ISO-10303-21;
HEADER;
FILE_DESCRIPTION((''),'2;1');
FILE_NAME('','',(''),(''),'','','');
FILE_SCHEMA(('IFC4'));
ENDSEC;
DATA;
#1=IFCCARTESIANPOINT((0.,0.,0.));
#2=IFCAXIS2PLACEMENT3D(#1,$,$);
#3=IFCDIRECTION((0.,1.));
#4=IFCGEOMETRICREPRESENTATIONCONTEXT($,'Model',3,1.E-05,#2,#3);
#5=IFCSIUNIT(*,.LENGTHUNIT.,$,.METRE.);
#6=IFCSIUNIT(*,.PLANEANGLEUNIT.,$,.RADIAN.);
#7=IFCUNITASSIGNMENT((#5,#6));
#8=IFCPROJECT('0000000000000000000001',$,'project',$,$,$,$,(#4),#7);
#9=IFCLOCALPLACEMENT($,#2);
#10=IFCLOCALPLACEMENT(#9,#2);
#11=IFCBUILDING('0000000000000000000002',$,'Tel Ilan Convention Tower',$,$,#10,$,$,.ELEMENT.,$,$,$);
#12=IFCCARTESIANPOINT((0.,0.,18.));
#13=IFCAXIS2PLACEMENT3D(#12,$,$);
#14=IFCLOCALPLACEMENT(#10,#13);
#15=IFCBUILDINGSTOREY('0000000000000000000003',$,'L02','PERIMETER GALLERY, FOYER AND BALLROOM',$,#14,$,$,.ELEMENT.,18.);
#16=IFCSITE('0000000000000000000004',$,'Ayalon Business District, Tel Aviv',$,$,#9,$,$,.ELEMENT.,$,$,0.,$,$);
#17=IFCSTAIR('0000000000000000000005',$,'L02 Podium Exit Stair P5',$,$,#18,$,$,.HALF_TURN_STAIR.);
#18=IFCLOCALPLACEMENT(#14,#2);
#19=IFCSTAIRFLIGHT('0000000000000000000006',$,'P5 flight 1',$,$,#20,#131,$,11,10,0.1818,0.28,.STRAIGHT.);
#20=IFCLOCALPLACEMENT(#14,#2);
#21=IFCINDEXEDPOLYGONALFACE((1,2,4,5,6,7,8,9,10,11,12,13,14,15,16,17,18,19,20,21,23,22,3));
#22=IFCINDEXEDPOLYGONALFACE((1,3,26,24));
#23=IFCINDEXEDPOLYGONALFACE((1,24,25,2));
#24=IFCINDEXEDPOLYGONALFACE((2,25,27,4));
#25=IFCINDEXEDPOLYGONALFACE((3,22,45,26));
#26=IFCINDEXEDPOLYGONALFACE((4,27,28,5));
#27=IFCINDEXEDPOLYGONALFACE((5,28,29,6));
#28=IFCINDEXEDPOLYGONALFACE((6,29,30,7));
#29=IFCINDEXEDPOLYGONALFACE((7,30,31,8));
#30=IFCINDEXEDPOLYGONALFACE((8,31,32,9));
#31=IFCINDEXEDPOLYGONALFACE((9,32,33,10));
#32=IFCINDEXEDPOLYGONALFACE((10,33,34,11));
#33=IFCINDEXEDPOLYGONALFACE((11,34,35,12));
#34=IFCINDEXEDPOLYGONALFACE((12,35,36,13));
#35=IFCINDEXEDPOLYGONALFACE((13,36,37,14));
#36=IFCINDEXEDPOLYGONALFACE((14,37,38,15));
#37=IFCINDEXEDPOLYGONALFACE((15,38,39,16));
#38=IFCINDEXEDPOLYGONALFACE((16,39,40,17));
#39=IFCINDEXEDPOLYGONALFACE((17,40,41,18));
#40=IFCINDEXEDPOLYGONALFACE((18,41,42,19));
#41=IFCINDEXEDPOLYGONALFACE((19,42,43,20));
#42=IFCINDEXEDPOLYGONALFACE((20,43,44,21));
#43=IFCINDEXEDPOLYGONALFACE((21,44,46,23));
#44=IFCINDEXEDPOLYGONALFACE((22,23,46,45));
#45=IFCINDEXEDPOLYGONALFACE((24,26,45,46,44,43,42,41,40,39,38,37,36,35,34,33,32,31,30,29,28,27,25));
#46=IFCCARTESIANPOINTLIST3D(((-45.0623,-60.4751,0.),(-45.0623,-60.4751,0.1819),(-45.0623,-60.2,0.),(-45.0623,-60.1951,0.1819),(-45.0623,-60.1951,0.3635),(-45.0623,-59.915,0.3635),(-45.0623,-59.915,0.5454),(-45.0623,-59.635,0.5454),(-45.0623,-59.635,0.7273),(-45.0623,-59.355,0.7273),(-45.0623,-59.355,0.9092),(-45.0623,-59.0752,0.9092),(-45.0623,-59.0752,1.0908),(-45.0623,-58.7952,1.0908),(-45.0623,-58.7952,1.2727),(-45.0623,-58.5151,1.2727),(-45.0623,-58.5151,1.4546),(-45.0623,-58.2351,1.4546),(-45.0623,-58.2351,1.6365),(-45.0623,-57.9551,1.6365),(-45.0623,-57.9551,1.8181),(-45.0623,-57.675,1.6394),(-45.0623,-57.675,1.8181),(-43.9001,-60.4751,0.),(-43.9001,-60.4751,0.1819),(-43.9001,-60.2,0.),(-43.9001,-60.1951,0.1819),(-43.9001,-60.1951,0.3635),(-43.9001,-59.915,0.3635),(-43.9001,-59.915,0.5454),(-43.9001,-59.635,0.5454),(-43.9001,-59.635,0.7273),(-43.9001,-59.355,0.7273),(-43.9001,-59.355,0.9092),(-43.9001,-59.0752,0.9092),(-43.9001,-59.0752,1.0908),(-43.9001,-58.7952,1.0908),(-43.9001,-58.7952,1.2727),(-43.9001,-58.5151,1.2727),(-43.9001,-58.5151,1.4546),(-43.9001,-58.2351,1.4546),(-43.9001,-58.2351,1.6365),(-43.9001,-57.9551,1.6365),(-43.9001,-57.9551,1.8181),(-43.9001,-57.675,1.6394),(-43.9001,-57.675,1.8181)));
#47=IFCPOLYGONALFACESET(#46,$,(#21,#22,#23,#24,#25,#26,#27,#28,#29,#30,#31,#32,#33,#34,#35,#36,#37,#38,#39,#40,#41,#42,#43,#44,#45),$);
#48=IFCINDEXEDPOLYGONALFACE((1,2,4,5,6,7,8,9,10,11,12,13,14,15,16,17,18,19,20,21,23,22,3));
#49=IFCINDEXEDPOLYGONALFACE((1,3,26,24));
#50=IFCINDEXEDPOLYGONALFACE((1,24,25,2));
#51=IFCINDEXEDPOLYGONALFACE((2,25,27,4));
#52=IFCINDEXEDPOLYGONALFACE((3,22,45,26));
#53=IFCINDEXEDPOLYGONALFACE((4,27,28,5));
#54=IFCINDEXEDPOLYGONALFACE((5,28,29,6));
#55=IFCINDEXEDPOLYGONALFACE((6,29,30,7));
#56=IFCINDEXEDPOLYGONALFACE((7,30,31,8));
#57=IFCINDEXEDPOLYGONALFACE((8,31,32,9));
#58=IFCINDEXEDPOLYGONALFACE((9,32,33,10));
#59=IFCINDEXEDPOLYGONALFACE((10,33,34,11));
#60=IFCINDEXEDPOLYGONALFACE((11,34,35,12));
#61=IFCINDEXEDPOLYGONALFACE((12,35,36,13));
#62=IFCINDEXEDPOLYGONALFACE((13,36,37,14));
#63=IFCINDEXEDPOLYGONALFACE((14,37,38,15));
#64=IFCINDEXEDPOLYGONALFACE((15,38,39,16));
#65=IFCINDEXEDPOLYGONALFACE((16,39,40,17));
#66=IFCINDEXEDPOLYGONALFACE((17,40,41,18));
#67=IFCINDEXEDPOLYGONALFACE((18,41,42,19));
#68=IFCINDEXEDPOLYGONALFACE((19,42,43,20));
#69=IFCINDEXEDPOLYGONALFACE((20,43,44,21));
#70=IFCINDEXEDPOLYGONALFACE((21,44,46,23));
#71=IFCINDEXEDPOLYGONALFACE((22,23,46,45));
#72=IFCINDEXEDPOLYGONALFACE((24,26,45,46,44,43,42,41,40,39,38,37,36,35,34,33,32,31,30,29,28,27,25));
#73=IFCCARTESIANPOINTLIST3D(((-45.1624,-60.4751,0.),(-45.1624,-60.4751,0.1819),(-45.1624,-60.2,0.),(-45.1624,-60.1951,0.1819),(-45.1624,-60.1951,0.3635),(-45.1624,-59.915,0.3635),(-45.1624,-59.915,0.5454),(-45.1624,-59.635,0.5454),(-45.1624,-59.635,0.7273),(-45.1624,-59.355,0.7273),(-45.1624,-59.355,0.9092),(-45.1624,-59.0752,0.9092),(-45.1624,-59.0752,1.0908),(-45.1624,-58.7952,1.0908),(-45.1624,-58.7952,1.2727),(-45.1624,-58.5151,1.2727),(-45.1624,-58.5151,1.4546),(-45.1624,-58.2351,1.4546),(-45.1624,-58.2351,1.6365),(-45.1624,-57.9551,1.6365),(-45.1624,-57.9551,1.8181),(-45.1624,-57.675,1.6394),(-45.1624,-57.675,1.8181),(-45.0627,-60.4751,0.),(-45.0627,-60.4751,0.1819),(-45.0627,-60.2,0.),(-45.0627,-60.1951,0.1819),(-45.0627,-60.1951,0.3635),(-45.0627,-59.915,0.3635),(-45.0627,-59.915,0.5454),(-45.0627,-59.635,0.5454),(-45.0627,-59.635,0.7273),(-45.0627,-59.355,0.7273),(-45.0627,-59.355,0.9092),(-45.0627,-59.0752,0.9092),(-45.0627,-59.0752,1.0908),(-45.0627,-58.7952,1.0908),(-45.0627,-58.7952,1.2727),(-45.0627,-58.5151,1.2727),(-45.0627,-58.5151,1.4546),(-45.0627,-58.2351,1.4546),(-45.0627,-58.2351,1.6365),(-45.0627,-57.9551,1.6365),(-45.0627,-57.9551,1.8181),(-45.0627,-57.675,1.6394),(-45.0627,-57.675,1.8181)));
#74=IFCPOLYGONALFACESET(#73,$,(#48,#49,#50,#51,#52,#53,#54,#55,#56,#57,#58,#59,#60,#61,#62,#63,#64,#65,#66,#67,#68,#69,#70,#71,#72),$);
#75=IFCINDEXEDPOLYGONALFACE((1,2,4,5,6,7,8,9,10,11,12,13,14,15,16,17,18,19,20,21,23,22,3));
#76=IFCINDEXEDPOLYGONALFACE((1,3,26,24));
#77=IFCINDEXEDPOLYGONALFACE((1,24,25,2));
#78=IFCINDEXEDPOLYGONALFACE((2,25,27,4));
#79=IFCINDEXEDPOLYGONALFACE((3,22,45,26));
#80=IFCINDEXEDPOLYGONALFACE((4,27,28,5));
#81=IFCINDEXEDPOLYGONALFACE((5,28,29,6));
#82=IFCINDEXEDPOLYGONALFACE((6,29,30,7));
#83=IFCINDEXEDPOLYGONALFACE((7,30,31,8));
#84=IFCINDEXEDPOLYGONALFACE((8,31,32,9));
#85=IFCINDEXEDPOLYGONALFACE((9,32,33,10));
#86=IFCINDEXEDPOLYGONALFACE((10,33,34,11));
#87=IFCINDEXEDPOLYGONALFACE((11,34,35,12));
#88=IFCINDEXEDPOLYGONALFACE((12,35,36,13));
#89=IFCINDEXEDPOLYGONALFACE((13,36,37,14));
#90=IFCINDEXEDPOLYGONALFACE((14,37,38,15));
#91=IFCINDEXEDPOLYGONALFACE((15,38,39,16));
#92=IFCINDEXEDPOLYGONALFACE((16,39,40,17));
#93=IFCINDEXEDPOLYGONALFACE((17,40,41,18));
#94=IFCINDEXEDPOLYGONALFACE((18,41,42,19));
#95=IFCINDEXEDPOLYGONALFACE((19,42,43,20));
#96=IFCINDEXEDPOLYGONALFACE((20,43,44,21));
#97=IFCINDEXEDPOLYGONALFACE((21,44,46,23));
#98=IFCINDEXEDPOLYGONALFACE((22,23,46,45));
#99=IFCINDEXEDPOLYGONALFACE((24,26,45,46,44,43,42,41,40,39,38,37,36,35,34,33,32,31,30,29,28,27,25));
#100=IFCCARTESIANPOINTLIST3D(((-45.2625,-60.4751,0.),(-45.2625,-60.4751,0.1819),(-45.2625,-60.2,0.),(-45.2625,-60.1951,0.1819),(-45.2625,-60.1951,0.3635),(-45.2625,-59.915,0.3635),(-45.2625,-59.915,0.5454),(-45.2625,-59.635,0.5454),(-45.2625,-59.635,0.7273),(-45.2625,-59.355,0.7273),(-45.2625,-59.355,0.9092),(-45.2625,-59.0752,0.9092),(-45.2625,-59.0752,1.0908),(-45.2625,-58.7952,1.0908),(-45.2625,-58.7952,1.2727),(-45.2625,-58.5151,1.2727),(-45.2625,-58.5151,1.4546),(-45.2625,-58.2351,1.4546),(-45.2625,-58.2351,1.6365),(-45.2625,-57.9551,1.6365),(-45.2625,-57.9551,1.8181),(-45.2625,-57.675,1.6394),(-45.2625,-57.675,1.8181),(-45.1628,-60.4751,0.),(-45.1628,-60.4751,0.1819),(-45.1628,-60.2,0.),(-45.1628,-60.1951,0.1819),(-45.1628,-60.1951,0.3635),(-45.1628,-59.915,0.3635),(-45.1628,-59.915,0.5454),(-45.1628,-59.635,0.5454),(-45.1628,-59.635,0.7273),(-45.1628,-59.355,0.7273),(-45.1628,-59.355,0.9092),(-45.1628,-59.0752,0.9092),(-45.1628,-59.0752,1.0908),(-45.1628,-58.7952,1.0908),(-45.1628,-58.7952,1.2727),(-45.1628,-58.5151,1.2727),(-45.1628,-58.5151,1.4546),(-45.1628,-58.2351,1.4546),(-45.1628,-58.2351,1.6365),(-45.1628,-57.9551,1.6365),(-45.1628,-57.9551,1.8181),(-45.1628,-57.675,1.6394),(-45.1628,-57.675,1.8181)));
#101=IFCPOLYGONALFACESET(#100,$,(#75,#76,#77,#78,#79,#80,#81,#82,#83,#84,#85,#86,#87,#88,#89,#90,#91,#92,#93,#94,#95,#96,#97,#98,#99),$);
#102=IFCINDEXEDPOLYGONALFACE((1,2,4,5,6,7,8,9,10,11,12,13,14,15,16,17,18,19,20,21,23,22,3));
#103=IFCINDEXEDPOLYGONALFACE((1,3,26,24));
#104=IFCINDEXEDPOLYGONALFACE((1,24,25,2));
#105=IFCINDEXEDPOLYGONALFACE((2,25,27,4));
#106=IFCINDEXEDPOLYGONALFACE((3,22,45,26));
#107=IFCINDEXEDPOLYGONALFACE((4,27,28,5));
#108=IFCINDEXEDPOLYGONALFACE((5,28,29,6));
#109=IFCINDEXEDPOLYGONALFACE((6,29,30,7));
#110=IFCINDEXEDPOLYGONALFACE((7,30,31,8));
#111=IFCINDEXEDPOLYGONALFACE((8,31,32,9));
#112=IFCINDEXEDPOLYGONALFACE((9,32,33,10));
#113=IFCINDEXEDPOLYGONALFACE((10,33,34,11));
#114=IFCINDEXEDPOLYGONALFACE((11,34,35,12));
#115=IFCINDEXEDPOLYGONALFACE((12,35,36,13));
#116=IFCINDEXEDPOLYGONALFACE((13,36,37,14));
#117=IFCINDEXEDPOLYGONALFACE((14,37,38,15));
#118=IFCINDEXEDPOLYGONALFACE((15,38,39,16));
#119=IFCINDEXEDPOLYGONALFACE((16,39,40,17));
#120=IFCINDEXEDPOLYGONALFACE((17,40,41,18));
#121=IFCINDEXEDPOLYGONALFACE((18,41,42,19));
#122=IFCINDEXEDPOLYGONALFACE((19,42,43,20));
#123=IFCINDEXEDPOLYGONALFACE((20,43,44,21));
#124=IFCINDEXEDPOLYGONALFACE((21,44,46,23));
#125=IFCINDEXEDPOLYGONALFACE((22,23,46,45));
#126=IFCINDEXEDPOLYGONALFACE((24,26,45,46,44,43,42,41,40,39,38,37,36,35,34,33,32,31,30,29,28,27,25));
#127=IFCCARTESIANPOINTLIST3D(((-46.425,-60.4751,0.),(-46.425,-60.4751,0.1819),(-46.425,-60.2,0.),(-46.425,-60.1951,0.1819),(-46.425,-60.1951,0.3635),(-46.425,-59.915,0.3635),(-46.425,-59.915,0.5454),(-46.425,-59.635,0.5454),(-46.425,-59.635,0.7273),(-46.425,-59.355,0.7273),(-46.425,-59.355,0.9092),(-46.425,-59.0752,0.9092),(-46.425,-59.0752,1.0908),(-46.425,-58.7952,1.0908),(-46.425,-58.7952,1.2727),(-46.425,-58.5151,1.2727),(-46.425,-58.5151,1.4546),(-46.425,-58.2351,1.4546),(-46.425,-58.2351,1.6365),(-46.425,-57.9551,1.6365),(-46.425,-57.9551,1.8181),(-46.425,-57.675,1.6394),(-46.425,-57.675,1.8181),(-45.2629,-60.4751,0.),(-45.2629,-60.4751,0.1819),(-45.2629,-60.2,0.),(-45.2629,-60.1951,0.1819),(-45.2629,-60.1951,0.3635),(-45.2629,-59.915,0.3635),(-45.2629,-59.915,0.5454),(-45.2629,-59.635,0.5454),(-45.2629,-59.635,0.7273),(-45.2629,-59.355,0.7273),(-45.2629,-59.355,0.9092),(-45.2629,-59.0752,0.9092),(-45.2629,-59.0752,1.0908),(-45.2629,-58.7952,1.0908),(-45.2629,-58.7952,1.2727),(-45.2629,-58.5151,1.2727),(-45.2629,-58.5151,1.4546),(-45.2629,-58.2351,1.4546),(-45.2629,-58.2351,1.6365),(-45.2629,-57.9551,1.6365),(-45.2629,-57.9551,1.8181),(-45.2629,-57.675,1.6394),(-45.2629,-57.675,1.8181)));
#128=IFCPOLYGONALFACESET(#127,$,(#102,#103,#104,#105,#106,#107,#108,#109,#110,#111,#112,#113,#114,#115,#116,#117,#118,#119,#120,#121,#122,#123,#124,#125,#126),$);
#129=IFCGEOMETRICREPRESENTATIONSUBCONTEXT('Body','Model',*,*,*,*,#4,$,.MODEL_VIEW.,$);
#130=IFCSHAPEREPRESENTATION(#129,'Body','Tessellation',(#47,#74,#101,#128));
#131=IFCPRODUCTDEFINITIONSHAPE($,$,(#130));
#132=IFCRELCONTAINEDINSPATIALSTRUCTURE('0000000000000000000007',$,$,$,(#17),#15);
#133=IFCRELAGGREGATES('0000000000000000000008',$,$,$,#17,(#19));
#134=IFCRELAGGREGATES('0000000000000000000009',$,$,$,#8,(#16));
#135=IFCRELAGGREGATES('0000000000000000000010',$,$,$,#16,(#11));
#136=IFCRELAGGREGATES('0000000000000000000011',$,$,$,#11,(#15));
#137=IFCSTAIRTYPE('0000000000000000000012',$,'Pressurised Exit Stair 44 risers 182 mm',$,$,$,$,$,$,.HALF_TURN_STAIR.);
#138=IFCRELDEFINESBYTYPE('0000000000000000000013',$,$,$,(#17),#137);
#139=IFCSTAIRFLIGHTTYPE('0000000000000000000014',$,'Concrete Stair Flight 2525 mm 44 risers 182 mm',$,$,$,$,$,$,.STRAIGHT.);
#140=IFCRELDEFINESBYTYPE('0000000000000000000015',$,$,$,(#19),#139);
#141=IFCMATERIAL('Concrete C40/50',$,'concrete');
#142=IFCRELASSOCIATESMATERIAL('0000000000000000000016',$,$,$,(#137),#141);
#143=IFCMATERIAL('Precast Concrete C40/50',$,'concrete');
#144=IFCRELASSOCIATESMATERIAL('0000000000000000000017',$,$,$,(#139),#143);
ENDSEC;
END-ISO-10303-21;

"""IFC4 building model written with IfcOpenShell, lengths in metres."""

from ifc_helpers import new_model, si_unit, direction, frame, origin, place, context, subcontext, project, spatial, polyline, outline, extrude, material, type_object, element, aggregate, save


model = new_model("IFC4")

# Units and contexts
model_context = context("Model", 3, precision=1e-05, world=origin(), true_north=direction((0.0, 1.0)))
body_context = subcontext(model_context, "Body", "Model", "MODEL_VIEW")
ifc_project = project(units=[si_unit("LENGTHUNIT", "METRE"), si_unit("PLANEANGLEUNIT", "RADIAN")], contexts=[model_context])

# Site, building, storey
site_placement = place(None, origin())
site = spatial("IfcSite", under=ifc_project, at=site_placement, Name="Ayalon Business District, Tel Aviv", CompositionType="ELEMENT", RefElevation=0.0)
building_placement = place(site_placement, origin())
building = spatial("IfcBuilding", under=site, at=building_placement, Name="Tel Ilan Convention Tower", CompositionType="ELEMENT")
storey_placement = place(building_placement, frame((0.0, 0.0, 18.0)))
storey = spatial("IfcBuildingStorey", under=building, at=storey_placement, Name="L02", Description="PERIMETER GALLERY, FOYER AND BALLROOM", CompositionType="ELEMENT", Elevation=18.0)

# Stair, stair flight
ifc_material_1 = material(Name="Concrete C40/50", Category="concrete")
stair_type = type_object("IfcStairType", Name="Pressurised Exit Stair 44 risers 182 mm", PredefinedType="HALF_TURN_STAIR", material=ifc_material_1)
stair_placement = place(storey_placement, origin())
stair = element("IfcStair", 1, at=stair_placement, inside=storey, type_object=stair_type, Name="L02 Podium Exit Stair P5", PredefinedType="HALF_TURN_STAIR")
ifc_material_2 = material(Name="Precast Concrete C40/50", Category="concrete")
stair_flight_type = type_object("IfcStairFlightType", Name="Concrete Stair Flight 2525 mm 44 risers 182 mm", PredefinedType="STRAIGHT", material=ifc_material_2)
stair_flight_1_placement = place(storey_placement, frame((-45.1626, -60.4751, 0.0), z_axis=(0.0, 0.0, 1.0), x_axis=(0.0, 1.0, 0.0)))
stair_flight_1 = element("IfcStairFlight", 2, at=stair_flight_1_placement, type_object=stair_flight_type, Name="P5 flight 1", NumberOfRisers=11, NumberOfTreads=10, PredefinedType="STRAIGHT", RiserHeight=0.1818, TreadLength=0.28, context=body_context, shape_type="SweptSolid", body=[
    extrude(outline(polyline([(0.0, 0.0), (0.0, 0.1819), (0.28, 0.1819), (0.28, 0.3635), (0.5601, 0.3635), (0.5601, 0.5454), (0.8401, 0.5454), (0.8401, 0.7273), (1.1201, 0.7273), (1.1201, 0.9092), (1.3999, 0.9092), (1.3999, 1.0908), (1.6799, 1.0908), (1.6799, 1.2727), (1.96, 1.2727), (1.96, 1.4546), (2.24, 1.4546), (2.24, 1.6365), (2.52, 1.6365), (2.52, 1.8181), (2.8, 1.8181), (2.8, 2.0), (2.8, 1.6394), (0.2751, 0.0), (0.0, 0.0)])), frame((0.0, -0.1003, 0.0), z_axis=(0.0, -1.0, 0.0), x_axis=(1.0, 0.0, 0.0)), (0.0, 0.0, 1.0), 1.1621),
    extrude(outline(polyline([(0.0, 0.0), (0.0, 0.1819), (0.28, 0.1819), (0.28, 0.3635), (0.5601, 0.3635), (0.5601, 0.5454), (0.8401, 0.5454), (0.8401, 0.7273), (1.1201, 0.7273), (1.1201, 0.9092), (1.3999, 0.9092), (1.3999, 1.0908), (1.6799, 1.0908), (1.6799, 1.2727), (1.96, 1.2727), (1.96, 1.4546), (2.24, 1.4546), (2.24, 1.6365), (2.52, 1.6365), (2.52, 1.8181), (2.8, 1.8181), (2.8, 2.0), (2.8, 1.6394), (0.2751, 0.0), (0.0, 0.0)])), frame((0.0, -0.0002, 0.0), z_axis=(0.0, -1.0, 0.0), x_axis=(1.0, 0.0, 0.0)), (0.0, 0.0, 1.0), 0.0996),
    extrude(outline(polyline([(0.0, 0.0), (0.0, 0.1819), (0.28, 0.1819), (0.28, 0.3635), (0.5601, 0.3635), (0.5601, 0.5454), (0.8401, 0.5454), (0.8401, 0.7273), (1.1201, 0.7273), (1.1201, 0.9092), (1.3999, 0.9092), (1.3999, 1.0908), (1.6799, 1.0908), (1.6799, 1.2727), (1.96, 1.2727), (1.96, 1.4546), (2.24, 1.4546), (2.24, 1.6365), (2.52, 1.6365), (2.52, 1.8181), (2.8, 1.8181), (2.8, 2.0), (2.8, 1.6394), (0.2751, 0.0), (0.0, 0.0)])), frame((0.0, 0.0999, 0.0), z_axis=(0.0, -1.0, 0.0), x_axis=(1.0, 0.0, 0.0)), (0.0, 0.0, 1.0), 0.0996),
    extrude(outline(polyline([(0.0, 0.0), (0.0, 0.1819), (0.28, 0.1819), (0.28, 0.3635), (0.5601, 0.3635), (0.5601, 0.5454), (0.8401, 0.5454), (0.8401, 0.7273), (1.1201, 0.7273), (1.1201, 0.9092), (1.3999, 0.9092), (1.3999, 1.0908), (1.6799, 1.0908), (1.6799, 1.2727), (1.96, 1.2727), (1.96, 1.4546), (2.24, 1.4546), (2.24, 1.6365), (2.52, 1.6365), (2.52, 1.8181), (2.8, 1.8181), (2.8, 2.0), (2.8, 1.6394), (0.2751, 0.0), (0.0, 0.0)])), frame((0.0, 1.2625, 0.0), z_axis=(0.0, -1.0, 0.0), x_axis=(1.0, 0.0, 0.0)), (0.0, 0.0, 1.0), 1.1621),
])
aggregate(stair, [stair_flight_1])

save(model, "model.ifc")
